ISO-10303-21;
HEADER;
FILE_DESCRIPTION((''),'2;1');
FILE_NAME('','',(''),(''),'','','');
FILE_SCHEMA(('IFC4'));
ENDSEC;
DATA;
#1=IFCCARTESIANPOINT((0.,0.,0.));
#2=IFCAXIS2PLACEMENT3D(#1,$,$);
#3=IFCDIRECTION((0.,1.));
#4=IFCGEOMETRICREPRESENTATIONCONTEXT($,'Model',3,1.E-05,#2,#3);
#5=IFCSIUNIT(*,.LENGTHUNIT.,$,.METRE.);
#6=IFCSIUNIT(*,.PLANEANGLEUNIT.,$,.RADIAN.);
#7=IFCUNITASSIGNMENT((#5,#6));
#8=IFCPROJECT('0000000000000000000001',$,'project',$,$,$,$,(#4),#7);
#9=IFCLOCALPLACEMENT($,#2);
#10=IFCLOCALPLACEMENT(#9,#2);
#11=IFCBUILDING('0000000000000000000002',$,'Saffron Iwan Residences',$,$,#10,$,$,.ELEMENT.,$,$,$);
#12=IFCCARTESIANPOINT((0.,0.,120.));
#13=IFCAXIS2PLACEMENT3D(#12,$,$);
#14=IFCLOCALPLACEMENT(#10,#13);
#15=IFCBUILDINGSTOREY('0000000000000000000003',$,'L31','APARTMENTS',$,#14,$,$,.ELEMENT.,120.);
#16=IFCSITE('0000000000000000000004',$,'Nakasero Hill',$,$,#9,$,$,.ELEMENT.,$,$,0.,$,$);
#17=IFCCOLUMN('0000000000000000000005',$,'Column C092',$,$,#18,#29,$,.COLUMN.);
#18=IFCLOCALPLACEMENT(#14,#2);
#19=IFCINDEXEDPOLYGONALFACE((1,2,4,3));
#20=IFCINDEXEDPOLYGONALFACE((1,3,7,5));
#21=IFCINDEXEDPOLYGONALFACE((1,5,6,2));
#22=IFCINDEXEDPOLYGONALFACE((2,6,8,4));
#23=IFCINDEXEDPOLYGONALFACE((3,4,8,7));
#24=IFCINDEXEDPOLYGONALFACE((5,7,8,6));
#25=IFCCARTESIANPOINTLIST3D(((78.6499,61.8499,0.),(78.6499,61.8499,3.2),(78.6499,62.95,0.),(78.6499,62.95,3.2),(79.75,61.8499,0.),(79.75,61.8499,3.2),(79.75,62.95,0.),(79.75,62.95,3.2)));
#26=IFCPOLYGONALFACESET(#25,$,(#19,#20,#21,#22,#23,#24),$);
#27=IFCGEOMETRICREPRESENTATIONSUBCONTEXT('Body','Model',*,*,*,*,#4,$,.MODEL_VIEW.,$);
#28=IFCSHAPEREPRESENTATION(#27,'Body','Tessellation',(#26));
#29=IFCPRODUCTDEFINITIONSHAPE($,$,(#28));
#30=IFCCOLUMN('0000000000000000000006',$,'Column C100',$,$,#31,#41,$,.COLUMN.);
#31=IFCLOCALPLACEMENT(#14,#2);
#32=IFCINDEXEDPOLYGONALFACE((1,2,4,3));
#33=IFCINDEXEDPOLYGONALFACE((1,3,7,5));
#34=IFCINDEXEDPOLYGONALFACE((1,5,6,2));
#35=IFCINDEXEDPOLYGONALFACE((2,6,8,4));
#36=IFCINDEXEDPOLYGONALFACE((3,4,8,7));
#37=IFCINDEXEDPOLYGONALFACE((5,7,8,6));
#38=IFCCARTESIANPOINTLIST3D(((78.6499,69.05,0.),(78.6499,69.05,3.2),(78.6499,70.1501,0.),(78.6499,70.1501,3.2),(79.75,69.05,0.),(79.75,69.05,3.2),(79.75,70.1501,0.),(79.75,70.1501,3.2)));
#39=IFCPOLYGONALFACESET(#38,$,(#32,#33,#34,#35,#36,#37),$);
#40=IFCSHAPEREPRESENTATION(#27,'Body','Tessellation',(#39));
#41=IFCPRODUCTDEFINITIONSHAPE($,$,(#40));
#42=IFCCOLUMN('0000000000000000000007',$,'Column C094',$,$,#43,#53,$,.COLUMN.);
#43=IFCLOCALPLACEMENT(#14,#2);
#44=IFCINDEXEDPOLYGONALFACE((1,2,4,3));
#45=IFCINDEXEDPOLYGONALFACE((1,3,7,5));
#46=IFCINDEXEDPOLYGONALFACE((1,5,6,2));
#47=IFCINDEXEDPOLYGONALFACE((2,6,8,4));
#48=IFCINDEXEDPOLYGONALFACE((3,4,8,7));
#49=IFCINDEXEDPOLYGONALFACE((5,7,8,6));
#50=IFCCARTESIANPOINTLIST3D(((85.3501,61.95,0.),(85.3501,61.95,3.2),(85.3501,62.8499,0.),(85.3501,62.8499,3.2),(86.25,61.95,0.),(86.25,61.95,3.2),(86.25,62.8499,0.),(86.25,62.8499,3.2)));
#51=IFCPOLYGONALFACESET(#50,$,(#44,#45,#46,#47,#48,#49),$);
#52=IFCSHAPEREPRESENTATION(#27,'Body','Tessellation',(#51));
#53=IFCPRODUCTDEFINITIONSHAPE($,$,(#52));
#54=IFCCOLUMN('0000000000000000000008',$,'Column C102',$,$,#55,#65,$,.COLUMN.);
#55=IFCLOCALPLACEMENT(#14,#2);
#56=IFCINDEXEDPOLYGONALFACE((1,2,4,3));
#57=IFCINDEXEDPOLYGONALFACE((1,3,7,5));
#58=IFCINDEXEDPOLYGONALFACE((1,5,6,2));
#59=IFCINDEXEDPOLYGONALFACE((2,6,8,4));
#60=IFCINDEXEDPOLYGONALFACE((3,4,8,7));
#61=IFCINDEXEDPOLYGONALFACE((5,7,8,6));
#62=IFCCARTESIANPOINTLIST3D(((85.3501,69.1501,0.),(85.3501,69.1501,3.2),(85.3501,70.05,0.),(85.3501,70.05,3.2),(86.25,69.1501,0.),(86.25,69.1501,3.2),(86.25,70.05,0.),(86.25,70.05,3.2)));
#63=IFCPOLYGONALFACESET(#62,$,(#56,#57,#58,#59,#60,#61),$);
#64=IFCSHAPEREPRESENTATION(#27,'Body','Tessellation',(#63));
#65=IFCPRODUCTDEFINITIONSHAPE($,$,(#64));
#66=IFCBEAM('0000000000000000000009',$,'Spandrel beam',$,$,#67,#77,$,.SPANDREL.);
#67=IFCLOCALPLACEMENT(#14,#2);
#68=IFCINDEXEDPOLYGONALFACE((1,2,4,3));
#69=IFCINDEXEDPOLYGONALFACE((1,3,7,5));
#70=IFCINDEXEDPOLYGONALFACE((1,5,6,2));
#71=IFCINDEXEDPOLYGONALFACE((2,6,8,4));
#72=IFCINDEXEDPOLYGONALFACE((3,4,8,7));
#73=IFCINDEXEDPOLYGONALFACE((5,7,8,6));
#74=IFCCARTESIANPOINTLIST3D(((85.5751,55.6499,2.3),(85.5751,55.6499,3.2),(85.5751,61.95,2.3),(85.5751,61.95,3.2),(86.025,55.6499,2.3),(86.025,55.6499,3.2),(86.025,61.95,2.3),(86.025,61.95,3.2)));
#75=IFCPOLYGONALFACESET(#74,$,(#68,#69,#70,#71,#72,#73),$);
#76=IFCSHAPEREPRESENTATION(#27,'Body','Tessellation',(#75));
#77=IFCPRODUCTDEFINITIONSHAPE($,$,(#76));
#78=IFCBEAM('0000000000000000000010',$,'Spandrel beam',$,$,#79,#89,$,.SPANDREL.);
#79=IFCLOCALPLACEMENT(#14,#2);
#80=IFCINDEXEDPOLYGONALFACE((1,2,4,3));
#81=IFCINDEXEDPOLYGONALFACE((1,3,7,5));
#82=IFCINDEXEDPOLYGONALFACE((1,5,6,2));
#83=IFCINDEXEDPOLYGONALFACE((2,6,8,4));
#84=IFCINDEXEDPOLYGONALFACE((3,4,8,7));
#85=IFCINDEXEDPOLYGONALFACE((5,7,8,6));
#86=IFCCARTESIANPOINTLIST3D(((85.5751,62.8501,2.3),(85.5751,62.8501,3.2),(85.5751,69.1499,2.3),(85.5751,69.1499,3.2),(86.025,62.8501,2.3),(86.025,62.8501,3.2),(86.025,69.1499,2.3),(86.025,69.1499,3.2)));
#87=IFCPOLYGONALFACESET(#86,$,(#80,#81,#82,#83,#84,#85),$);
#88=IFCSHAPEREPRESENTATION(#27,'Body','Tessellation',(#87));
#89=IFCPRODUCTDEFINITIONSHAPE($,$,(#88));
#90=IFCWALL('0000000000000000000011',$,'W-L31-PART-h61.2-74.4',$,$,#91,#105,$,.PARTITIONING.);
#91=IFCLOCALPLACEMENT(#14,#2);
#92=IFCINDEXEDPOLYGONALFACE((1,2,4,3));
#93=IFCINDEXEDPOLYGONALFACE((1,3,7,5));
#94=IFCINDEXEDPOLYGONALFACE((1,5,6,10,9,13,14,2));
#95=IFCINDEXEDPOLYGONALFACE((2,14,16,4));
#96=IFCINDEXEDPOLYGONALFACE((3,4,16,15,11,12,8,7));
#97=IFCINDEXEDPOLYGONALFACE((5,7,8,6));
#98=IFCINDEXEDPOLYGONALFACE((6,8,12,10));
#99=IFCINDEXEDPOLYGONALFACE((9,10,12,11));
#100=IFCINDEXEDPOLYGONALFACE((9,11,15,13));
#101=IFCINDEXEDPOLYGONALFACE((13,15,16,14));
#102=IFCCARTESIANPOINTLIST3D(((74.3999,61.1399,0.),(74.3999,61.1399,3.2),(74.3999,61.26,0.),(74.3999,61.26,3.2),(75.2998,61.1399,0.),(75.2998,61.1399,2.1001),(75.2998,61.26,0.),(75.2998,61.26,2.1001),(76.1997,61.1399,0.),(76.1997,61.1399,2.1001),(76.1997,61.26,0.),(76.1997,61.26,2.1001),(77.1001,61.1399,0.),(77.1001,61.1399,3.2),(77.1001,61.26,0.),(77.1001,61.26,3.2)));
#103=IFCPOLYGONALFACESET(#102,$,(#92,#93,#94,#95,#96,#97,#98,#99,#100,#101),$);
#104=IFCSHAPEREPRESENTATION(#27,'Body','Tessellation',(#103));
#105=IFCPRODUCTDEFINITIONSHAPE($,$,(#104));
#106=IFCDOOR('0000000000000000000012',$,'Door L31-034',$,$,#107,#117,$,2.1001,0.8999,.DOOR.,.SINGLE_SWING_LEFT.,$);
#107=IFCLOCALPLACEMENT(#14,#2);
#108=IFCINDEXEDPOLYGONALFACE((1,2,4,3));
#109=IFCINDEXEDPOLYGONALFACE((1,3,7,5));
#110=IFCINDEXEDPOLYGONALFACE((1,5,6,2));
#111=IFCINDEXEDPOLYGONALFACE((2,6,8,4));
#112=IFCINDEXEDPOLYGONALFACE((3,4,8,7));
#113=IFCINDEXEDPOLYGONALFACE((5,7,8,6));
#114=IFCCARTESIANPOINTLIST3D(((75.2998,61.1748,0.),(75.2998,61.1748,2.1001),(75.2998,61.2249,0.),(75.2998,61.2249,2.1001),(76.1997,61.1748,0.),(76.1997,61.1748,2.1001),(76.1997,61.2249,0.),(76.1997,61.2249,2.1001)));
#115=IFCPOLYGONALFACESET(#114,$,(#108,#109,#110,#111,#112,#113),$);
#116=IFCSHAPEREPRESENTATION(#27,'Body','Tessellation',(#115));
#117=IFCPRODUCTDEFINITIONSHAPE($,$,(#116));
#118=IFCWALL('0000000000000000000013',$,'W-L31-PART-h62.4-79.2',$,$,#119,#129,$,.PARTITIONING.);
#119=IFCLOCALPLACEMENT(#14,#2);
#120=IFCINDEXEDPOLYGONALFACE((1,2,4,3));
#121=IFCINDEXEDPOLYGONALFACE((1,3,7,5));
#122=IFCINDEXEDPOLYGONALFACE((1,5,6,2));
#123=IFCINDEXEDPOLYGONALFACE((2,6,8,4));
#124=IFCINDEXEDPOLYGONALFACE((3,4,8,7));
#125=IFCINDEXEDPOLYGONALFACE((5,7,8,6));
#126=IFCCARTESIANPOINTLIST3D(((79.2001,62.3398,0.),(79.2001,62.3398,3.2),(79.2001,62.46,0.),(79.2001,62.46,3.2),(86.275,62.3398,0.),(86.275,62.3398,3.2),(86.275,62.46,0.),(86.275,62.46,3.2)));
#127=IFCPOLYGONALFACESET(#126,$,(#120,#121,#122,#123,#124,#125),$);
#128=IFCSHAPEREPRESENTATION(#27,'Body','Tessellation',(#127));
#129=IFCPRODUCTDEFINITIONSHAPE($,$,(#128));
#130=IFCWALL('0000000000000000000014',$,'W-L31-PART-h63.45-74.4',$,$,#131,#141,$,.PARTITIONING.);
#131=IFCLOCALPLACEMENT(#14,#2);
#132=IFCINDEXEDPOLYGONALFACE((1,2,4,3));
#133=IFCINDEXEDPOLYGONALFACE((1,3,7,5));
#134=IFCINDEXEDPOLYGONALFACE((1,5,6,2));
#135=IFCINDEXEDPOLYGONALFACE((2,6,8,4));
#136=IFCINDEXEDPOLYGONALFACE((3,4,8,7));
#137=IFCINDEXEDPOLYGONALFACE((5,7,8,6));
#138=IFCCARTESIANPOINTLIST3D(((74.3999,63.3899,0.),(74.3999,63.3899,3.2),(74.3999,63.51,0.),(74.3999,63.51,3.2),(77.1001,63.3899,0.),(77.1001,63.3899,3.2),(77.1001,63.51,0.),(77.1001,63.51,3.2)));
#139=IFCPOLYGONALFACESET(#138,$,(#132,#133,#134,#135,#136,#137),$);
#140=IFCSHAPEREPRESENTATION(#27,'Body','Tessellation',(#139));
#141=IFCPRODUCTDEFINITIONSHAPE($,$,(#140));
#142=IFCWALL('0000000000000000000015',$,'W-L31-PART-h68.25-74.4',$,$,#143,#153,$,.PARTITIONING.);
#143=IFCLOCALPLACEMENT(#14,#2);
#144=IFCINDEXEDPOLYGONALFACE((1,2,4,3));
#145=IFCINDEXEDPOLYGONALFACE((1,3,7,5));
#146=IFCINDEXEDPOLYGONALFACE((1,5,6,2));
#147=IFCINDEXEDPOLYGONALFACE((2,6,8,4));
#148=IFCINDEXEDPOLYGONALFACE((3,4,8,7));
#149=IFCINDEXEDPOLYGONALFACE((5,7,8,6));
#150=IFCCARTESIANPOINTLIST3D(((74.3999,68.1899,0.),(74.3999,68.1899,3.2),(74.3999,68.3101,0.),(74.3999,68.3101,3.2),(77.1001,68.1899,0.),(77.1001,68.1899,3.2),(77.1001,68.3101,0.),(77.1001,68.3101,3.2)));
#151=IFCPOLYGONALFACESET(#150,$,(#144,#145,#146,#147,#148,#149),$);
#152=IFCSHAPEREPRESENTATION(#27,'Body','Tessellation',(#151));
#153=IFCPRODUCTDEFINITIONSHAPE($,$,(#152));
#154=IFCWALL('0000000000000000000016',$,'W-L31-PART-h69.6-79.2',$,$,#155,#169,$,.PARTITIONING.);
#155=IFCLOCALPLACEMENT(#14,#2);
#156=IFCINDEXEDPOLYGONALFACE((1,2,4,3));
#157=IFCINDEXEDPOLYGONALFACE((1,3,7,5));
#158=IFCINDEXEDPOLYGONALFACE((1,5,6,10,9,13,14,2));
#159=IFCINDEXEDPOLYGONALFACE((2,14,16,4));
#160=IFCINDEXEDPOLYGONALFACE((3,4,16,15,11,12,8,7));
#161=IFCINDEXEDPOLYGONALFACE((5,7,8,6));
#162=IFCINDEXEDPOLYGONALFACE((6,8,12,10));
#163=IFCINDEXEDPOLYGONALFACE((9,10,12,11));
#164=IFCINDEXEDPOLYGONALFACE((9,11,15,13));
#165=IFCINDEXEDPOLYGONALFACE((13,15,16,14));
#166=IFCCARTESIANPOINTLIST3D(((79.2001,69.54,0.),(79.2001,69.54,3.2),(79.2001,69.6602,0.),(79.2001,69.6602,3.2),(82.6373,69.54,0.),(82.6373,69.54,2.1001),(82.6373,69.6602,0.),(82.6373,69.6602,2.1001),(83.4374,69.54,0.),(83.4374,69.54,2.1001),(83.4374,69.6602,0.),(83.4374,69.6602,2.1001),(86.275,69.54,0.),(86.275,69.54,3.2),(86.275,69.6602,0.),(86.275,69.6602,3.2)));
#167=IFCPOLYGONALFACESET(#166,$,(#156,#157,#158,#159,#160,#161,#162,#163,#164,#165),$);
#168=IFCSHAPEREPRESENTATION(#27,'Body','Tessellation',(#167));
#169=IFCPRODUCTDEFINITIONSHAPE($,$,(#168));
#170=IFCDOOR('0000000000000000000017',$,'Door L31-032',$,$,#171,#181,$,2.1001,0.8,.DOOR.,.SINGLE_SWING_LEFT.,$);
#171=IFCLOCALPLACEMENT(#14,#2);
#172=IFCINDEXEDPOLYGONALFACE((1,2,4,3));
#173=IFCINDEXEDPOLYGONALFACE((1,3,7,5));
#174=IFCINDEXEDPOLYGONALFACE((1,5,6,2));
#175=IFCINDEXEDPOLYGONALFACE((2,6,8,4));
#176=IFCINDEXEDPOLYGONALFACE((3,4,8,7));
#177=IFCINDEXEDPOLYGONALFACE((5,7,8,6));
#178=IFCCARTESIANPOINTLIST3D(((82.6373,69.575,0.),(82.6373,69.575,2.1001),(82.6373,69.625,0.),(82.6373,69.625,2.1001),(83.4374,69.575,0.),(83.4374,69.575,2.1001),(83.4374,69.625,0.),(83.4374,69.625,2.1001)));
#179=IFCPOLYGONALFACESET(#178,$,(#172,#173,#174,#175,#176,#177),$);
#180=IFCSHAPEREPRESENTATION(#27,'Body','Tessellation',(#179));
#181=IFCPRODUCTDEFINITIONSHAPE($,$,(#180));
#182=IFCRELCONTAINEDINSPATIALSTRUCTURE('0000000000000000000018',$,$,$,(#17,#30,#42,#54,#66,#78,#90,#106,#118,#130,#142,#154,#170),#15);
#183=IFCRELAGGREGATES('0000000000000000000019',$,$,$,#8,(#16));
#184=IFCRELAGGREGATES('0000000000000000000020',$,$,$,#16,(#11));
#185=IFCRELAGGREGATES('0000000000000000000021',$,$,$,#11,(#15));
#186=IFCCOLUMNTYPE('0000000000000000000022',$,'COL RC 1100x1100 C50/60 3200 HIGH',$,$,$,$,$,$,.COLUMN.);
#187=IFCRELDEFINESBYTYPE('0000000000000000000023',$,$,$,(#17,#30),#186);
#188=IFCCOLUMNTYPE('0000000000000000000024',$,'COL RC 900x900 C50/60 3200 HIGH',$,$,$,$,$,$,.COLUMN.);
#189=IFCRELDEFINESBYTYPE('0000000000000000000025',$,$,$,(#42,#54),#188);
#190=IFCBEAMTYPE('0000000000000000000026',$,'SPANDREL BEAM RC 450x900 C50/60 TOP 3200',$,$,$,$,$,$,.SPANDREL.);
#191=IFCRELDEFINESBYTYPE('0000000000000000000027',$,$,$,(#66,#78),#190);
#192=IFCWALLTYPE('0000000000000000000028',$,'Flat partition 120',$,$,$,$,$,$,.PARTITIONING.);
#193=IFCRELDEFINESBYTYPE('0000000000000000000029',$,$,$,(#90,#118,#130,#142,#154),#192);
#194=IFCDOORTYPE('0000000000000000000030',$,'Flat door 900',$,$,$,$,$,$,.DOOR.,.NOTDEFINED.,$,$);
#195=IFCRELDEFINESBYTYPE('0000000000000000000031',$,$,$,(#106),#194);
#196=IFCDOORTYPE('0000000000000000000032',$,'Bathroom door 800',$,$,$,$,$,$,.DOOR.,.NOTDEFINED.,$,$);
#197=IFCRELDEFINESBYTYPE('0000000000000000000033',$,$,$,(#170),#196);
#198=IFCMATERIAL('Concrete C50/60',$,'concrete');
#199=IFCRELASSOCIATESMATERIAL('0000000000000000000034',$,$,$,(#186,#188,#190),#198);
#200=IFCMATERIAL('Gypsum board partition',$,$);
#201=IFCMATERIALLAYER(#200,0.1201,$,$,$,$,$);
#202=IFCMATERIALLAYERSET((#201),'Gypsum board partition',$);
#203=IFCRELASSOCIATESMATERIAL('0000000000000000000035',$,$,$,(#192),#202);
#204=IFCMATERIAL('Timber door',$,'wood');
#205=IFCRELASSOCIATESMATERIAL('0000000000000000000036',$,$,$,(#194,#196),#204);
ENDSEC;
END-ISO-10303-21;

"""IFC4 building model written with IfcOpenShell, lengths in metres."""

from ifc_helpers import new_model, si_unit, direction, frame, frame_2d, origin, origin_2d, place, context, subcontext, project, spatial, rectangle, extrude, source, transform, mapped, material, layer, layer_set, material_profile, profile_set, type_object, element, fill, save


model = new_model("IFC4")

# Units and contexts
model_context = context("Model", 3, precision=1e-05, world=origin(), true_north=direction((0.0, 1.0)))
body_context = subcontext(model_context, "Body", "Model", "MODEL_VIEW")
ifc_project = project(units=[si_unit("LENGTHUNIT", "METRE"), si_unit("PLANEANGLEUNIT", "RADIAN")], contexts=[model_context])

# Site, building, storey
site_placement = place(None, origin())
site = spatial("IfcSite", under=ifc_project, at=site_placement, Name="Nakasero Hill", CompositionType="ELEMENT", RefElevation=0.0)
building_placement = place(site_placement, origin())
building = spatial("IfcBuilding", under=site, at=building_placement, Name="Saffron Iwan Residences", CompositionType="ELEMENT")
storey_placement = place(building_placement, frame((0.0, 0.0, 120.0)))
storey = spatial("IfcBuildingStorey", under=building, at=storey_placement, Name="L31", Description="APARTMENTS", CompositionType="ELEMENT", Elevation=120.0)

# Columns
ifc_material_1 = material(Name="Concrete C50/60", Category="concrete")
ifc_material_profile_1 = material_profile(ifc_material_1, rectangle(XDim=1.1001, YDim=1.1001, at=origin_2d()), Name="RC 1100x1100")
ifc_profile_set_1 = profile_set([ifc_material_profile_1], Name="Concrete C50/60")
column_type_1 = type_object("IfcColumnType", Name="COL RC 1100x1100 C50/60 3200 HIGH", PredefinedType="COLUMN", material=ifc_profile_set_1)
shared_shape_1 = source(origin(), body_context, "Body", "SweptSolid", [
    extrude(rectangle(XDim=1.1001, YDim=1.1001, at=origin_2d()), origin(), (0.0, 0.0, 1.0), 3.2),
])
for number, where, z_axis, x_axis, name in (
    (1, (79.2, 62.3999, 0.0), (0.0, 0.0, 1.0), (1.0, 0.0, 0.0), "Column C092"),
    (2, (79.2, 69.6001, 0.0), (0.0, 0.0, 1.0), (1.0, 0.0, 0.0), "Column C100"),
):
    element("IfcColumn", number, at=place(storey_placement, frame(where, z_axis=z_axis, x_axis=x_axis)), inside=storey, type_object=column_type_1, Name=name, PredefinedType="COLUMN", context=body_context, shape_type="MappedRepresentation", body=[
        mapped(shared_shape_1, transform((0.0, 0.0, 0.0))),
    ])
ifc_material_profile_2 = material_profile(ifc_material_1, rectangle(XDim=0.8999, YDim=0.8999, at=origin_2d()), Name="RC 900x900")
ifc_profile_set_2 = profile_set([ifc_material_profile_2], Name="Concrete C50/60")
column_type_2 = type_object("IfcColumnType", Name="COL RC 900x900 C50/60 3200 HIGH", PredefinedType="COLUMN", material=ifc_profile_set_2)
shared_shape_2 = source(origin(), body_context, "Body", "SweptSolid", [
    extrude(rectangle(XDim=0.8999, YDim=0.8999, at=origin_2d()), origin(), (0.0, 0.0, 1.0), 3.2),
])
for number, where, z_axis, x_axis, name in (
    (3, (85.8, 62.3999, 0.0), (0.0, 0.0, 1.0), (1.0, 0.0, 0.0), "Column C094"),
    (4, (85.8, 69.6001, 0.0), (0.0, 0.0, 1.0), (1.0, 0.0, 0.0), "Column C102"),
):
    element("IfcColumn", number, at=place(storey_placement, frame(where, z_axis=z_axis, x_axis=x_axis)), inside=storey, type_object=column_type_2, Name=name, PredefinedType="COLUMN", context=body_context, shape_type="MappedRepresentation", body=[
        mapped(shared_shape_2, transform((0.0, 0.0, 0.0))),
    ])

# Beams
ifc_material_profile_3 = material_profile(ifc_material_1, rectangle(XDim=0.45, YDim=0.8999, at=origin_2d()), Name="RC 450x900")
ifc_profile_set_3 = profile_set([ifc_material_profile_3], Name="Concrete C50/60")
beam_type = type_object("IfcBeamType", Name="SPANDREL BEAM RC 450x900 C50/60 TOP 3200", PredefinedType="SPANDREL", material=ifc_profile_set_3)
shared_shape_3 = source(origin(), body_context, "Body", "SweptSolid", [
    extrude(rectangle(XDim=0.45, YDim=0.8999, at=origin_2d()), origin(), (0.0, 0.0, 1.0), 6.3),
])
beam_1_placement = place(storey_placement, frame((85.8, 61.95, 2.75), z_axis=(0.0, -1.0, 0.0), x_axis=(1.0, 0.0, 0.0)))
element("IfcBeam", 5, at=beam_1_placement, inside=storey, type_object=beam_type, Name="Spandrel beam", PredefinedType="SPANDREL", context=body_context, shape_type="MappedRepresentation", body=[
    mapped(shared_shape_3, transform((0.0, 0.0, 0.0))),
])
shared_shape_4 = source(origin(), body_context, "Body", "SweptSolid", [
    extrude(rectangle(XDim=0.45, YDim=0.8999, at=origin_2d()), origin(), (0.0, 0.0, 1.0), 6.2998),
])
beam_2_placement = place(storey_placement, frame((85.8, 69.1499, 2.75), z_axis=(0.0, -1.0, 0.0), x_axis=(1.0, 0.0, 0.0)))
element("IfcBeam", 6, at=beam_2_placement, inside=storey, type_object=beam_type, Name="Spandrel beam", PredefinedType="SPANDREL", context=body_context, shape_type="MappedRepresentation", body=[
    mapped(shared_shape_4, transform((0.0, 0.0, 0.0))),
])

# Wall, opening, door
ifc_material_2 = material(Name="Gypsum board partition")
ifc_layer_1 = layer(ifc_material_2, 0.1201)
ifc_layer_set_1 = layer_set([ifc_layer_1], Name="Gypsum board partition")
wall_type_1 = type_object("IfcWallType", Name="Flat partition 120", PredefinedType="PARTITIONING", material=ifc_layer_set_1)
wall_1_placement = place(storey_placement, frame((74.3999, 61.2, 0.0), z_axis=(0.0, 0.0, 1.0), x_axis=(1.0, 0.0, 0.0)))
wall_1 = element("IfcWall", 7, at=wall_1_placement, inside=storey, type_object=wall_type_1, Name="W-L31-PART-h61.2-74.4", PredefinedType="PARTITIONING", context=body_context, shape_type="SweptSolid", body=[
    extrude(rectangle(XDim=2.7002, YDim=0.1201, at=frame_2d((1.3501, 0.0))), origin(), (0.0, 0.0, 1.0), 3.2),
])
opening_1_placement = place(wall_1_placement, frame((0.8999, 0.0, 0.0)))
opening_1 = element("IfcOpeningElement", 8, at=opening_1_placement, cuts=wall_1, PredefinedType="OPENING", context=body_context, shape_type="SweptSolid", body=[
    extrude(rectangle(XDim=0.8999, YDim=2.1001, at=frame_2d((0.45, 1.05))), frame((0.0, 0.0701, 0.0), z_axis=(0.0, -1.0, 0.0), x_axis=(1.0, 0.0, 0.0)), (0.0, 0.0, 1.0), 0.1401),
])
ifc_material_3 = material(Name="Timber door", Category="wood")
door_type_1 = type_object("IfcDoorType", Name="Flat door 900", OperationType="NOTDEFINED", PredefinedType="DOOR", material=ifc_material_3)
door_1_placement = place(opening_1_placement, origin())
door_1 = element("IfcDoor", 9, at=door_1_placement, inside=storey, type_object=door_type_1, Name="Door L31-034", OperationType="SINGLE_SWING_LEFT", OverallHeight=2.1001, OverallWidth=0.8999, PredefinedType="DOOR", context=body_context, shape_type="SweptSolid", body=[
    extrude(rectangle(XDim=0.8999, YDim=2.1001, at=frame_2d((0.45, 1.05))), frame((0.0, 0.0249, 0.0), z_axis=(0.0, -1.0, 0.0), x_axis=(1.0, 0.0, 0.0)), (0.0, 0.0, 1.0), 0.05),
])
fill(opening_1, door_1)

# Walls
wall_2_placement = place(storey_placement, frame((79.2, 62.3999, 0.0), z_axis=(0.0, 0.0, 1.0), x_axis=(1.0, 0.0, 0.0)))
element("IfcWall", 10, at=wall_2_placement, inside=storey, type_object=wall_type_1, Name="W-L31-PART-h62.4-79.2", PredefinedType="PARTITIONING", context=body_context, shape_type="SweptSolid", body=[
    extrude(rectangle(XDim=7.075, YDim=0.1201, at=frame_2d((3.5376, 0.0))), origin(), (0.0, 0.0, 1.0), 3.2),
])
for number, where, z_axis, x_axis, name in (
    (11, (74.3999, 63.45, 0.0), (0.0, 0.0, 1.0), (1.0, 0.0, 0.0), "W-L31-PART-h63.45-74.4"),
    (12, (74.3999, 68.25, 0.0), (0.0, 0.0, 1.0), (1.0, 0.0, 0.0), "W-L31-PART-h68.25-74.4"),
):
    element("IfcWall", number, at=place(storey_placement, frame(where, z_axis=z_axis, x_axis=x_axis)), inside=storey, type_object=wall_type_1, Name=name, PredefinedType="PARTITIONING", context=body_context, shape_type="SweptSolid", body=[
        extrude(rectangle(XDim=2.7002, YDim=0.1201, at=frame_2d((1.3501, 0.0))), origin(), (0.0, 0.0, 1.0), 3.2),
    ])

# Wall, opening, door
wall_3_placement = place(storey_placement, frame((79.2, 69.6001, 0.0), z_axis=(0.0, 0.0, 1.0), x_axis=(1.0, 0.0, 0.0)))
wall_3 = element("IfcWall", 13, at=wall_3_placement, inside=storey, type_object=wall_type_1, Name="W-L31-PART-h69.6-79.2", PredefinedType="PARTITIONING", context=body_context, shape_type="SweptSolid", body=[
    extrude(rectangle(XDim=7.075, YDim=0.1201, at=frame_2d((3.5376, 0.0))), origin(), (0.0, 0.0, 1.0), 3.2),
])
opening_2_placement = place(wall_3_placement, frame((3.4375, 0.0, 0.0)))
opening_2 = element("IfcOpeningElement", 14, at=opening_2_placement, cuts=wall_3, PredefinedType="OPENING", context=body_context, shape_type="SweptSolid", body=[
    extrude(rectangle(XDim=0.8, YDim=2.1001, at=frame_2d((0.3999, 1.05))), frame((0.0, 0.0701, 0.0), z_axis=(0.0, -1.0, 0.0), x_axis=(1.0, 0.0, 0.0)), (0.0, 0.0, 1.0), 0.1401),
])
door_type_2 = type_object("IfcDoorType", Name="Bathroom door 800", OperationType="NOTDEFINED", PredefinedType="DOOR", material=ifc_material_3)
door_2_placement = place(opening_2_placement, origin())
door_2 = element("IfcDoor", 15, at=door_2_placement, inside=storey, type_object=door_type_2, Name="Door L31-032", OperationType="SINGLE_SWING_LEFT", OverallHeight=2.1001, OverallWidth=0.8, PredefinedType="DOOR", context=body_context, shape_type="SweptSolid", body=[
    extrude(rectangle(XDim=0.8, YDim=2.1001, at=frame_2d((0.3999, 1.05))), frame((0.0, 0.0249, 0.0), z_axis=(0.0, -1.0, 0.0), x_axis=(1.0, 0.0, 0.0)), (0.0, 0.0, 1.0), 0.05),
])
fill(opening_2, door_2)

save(model, "model.ifc")
